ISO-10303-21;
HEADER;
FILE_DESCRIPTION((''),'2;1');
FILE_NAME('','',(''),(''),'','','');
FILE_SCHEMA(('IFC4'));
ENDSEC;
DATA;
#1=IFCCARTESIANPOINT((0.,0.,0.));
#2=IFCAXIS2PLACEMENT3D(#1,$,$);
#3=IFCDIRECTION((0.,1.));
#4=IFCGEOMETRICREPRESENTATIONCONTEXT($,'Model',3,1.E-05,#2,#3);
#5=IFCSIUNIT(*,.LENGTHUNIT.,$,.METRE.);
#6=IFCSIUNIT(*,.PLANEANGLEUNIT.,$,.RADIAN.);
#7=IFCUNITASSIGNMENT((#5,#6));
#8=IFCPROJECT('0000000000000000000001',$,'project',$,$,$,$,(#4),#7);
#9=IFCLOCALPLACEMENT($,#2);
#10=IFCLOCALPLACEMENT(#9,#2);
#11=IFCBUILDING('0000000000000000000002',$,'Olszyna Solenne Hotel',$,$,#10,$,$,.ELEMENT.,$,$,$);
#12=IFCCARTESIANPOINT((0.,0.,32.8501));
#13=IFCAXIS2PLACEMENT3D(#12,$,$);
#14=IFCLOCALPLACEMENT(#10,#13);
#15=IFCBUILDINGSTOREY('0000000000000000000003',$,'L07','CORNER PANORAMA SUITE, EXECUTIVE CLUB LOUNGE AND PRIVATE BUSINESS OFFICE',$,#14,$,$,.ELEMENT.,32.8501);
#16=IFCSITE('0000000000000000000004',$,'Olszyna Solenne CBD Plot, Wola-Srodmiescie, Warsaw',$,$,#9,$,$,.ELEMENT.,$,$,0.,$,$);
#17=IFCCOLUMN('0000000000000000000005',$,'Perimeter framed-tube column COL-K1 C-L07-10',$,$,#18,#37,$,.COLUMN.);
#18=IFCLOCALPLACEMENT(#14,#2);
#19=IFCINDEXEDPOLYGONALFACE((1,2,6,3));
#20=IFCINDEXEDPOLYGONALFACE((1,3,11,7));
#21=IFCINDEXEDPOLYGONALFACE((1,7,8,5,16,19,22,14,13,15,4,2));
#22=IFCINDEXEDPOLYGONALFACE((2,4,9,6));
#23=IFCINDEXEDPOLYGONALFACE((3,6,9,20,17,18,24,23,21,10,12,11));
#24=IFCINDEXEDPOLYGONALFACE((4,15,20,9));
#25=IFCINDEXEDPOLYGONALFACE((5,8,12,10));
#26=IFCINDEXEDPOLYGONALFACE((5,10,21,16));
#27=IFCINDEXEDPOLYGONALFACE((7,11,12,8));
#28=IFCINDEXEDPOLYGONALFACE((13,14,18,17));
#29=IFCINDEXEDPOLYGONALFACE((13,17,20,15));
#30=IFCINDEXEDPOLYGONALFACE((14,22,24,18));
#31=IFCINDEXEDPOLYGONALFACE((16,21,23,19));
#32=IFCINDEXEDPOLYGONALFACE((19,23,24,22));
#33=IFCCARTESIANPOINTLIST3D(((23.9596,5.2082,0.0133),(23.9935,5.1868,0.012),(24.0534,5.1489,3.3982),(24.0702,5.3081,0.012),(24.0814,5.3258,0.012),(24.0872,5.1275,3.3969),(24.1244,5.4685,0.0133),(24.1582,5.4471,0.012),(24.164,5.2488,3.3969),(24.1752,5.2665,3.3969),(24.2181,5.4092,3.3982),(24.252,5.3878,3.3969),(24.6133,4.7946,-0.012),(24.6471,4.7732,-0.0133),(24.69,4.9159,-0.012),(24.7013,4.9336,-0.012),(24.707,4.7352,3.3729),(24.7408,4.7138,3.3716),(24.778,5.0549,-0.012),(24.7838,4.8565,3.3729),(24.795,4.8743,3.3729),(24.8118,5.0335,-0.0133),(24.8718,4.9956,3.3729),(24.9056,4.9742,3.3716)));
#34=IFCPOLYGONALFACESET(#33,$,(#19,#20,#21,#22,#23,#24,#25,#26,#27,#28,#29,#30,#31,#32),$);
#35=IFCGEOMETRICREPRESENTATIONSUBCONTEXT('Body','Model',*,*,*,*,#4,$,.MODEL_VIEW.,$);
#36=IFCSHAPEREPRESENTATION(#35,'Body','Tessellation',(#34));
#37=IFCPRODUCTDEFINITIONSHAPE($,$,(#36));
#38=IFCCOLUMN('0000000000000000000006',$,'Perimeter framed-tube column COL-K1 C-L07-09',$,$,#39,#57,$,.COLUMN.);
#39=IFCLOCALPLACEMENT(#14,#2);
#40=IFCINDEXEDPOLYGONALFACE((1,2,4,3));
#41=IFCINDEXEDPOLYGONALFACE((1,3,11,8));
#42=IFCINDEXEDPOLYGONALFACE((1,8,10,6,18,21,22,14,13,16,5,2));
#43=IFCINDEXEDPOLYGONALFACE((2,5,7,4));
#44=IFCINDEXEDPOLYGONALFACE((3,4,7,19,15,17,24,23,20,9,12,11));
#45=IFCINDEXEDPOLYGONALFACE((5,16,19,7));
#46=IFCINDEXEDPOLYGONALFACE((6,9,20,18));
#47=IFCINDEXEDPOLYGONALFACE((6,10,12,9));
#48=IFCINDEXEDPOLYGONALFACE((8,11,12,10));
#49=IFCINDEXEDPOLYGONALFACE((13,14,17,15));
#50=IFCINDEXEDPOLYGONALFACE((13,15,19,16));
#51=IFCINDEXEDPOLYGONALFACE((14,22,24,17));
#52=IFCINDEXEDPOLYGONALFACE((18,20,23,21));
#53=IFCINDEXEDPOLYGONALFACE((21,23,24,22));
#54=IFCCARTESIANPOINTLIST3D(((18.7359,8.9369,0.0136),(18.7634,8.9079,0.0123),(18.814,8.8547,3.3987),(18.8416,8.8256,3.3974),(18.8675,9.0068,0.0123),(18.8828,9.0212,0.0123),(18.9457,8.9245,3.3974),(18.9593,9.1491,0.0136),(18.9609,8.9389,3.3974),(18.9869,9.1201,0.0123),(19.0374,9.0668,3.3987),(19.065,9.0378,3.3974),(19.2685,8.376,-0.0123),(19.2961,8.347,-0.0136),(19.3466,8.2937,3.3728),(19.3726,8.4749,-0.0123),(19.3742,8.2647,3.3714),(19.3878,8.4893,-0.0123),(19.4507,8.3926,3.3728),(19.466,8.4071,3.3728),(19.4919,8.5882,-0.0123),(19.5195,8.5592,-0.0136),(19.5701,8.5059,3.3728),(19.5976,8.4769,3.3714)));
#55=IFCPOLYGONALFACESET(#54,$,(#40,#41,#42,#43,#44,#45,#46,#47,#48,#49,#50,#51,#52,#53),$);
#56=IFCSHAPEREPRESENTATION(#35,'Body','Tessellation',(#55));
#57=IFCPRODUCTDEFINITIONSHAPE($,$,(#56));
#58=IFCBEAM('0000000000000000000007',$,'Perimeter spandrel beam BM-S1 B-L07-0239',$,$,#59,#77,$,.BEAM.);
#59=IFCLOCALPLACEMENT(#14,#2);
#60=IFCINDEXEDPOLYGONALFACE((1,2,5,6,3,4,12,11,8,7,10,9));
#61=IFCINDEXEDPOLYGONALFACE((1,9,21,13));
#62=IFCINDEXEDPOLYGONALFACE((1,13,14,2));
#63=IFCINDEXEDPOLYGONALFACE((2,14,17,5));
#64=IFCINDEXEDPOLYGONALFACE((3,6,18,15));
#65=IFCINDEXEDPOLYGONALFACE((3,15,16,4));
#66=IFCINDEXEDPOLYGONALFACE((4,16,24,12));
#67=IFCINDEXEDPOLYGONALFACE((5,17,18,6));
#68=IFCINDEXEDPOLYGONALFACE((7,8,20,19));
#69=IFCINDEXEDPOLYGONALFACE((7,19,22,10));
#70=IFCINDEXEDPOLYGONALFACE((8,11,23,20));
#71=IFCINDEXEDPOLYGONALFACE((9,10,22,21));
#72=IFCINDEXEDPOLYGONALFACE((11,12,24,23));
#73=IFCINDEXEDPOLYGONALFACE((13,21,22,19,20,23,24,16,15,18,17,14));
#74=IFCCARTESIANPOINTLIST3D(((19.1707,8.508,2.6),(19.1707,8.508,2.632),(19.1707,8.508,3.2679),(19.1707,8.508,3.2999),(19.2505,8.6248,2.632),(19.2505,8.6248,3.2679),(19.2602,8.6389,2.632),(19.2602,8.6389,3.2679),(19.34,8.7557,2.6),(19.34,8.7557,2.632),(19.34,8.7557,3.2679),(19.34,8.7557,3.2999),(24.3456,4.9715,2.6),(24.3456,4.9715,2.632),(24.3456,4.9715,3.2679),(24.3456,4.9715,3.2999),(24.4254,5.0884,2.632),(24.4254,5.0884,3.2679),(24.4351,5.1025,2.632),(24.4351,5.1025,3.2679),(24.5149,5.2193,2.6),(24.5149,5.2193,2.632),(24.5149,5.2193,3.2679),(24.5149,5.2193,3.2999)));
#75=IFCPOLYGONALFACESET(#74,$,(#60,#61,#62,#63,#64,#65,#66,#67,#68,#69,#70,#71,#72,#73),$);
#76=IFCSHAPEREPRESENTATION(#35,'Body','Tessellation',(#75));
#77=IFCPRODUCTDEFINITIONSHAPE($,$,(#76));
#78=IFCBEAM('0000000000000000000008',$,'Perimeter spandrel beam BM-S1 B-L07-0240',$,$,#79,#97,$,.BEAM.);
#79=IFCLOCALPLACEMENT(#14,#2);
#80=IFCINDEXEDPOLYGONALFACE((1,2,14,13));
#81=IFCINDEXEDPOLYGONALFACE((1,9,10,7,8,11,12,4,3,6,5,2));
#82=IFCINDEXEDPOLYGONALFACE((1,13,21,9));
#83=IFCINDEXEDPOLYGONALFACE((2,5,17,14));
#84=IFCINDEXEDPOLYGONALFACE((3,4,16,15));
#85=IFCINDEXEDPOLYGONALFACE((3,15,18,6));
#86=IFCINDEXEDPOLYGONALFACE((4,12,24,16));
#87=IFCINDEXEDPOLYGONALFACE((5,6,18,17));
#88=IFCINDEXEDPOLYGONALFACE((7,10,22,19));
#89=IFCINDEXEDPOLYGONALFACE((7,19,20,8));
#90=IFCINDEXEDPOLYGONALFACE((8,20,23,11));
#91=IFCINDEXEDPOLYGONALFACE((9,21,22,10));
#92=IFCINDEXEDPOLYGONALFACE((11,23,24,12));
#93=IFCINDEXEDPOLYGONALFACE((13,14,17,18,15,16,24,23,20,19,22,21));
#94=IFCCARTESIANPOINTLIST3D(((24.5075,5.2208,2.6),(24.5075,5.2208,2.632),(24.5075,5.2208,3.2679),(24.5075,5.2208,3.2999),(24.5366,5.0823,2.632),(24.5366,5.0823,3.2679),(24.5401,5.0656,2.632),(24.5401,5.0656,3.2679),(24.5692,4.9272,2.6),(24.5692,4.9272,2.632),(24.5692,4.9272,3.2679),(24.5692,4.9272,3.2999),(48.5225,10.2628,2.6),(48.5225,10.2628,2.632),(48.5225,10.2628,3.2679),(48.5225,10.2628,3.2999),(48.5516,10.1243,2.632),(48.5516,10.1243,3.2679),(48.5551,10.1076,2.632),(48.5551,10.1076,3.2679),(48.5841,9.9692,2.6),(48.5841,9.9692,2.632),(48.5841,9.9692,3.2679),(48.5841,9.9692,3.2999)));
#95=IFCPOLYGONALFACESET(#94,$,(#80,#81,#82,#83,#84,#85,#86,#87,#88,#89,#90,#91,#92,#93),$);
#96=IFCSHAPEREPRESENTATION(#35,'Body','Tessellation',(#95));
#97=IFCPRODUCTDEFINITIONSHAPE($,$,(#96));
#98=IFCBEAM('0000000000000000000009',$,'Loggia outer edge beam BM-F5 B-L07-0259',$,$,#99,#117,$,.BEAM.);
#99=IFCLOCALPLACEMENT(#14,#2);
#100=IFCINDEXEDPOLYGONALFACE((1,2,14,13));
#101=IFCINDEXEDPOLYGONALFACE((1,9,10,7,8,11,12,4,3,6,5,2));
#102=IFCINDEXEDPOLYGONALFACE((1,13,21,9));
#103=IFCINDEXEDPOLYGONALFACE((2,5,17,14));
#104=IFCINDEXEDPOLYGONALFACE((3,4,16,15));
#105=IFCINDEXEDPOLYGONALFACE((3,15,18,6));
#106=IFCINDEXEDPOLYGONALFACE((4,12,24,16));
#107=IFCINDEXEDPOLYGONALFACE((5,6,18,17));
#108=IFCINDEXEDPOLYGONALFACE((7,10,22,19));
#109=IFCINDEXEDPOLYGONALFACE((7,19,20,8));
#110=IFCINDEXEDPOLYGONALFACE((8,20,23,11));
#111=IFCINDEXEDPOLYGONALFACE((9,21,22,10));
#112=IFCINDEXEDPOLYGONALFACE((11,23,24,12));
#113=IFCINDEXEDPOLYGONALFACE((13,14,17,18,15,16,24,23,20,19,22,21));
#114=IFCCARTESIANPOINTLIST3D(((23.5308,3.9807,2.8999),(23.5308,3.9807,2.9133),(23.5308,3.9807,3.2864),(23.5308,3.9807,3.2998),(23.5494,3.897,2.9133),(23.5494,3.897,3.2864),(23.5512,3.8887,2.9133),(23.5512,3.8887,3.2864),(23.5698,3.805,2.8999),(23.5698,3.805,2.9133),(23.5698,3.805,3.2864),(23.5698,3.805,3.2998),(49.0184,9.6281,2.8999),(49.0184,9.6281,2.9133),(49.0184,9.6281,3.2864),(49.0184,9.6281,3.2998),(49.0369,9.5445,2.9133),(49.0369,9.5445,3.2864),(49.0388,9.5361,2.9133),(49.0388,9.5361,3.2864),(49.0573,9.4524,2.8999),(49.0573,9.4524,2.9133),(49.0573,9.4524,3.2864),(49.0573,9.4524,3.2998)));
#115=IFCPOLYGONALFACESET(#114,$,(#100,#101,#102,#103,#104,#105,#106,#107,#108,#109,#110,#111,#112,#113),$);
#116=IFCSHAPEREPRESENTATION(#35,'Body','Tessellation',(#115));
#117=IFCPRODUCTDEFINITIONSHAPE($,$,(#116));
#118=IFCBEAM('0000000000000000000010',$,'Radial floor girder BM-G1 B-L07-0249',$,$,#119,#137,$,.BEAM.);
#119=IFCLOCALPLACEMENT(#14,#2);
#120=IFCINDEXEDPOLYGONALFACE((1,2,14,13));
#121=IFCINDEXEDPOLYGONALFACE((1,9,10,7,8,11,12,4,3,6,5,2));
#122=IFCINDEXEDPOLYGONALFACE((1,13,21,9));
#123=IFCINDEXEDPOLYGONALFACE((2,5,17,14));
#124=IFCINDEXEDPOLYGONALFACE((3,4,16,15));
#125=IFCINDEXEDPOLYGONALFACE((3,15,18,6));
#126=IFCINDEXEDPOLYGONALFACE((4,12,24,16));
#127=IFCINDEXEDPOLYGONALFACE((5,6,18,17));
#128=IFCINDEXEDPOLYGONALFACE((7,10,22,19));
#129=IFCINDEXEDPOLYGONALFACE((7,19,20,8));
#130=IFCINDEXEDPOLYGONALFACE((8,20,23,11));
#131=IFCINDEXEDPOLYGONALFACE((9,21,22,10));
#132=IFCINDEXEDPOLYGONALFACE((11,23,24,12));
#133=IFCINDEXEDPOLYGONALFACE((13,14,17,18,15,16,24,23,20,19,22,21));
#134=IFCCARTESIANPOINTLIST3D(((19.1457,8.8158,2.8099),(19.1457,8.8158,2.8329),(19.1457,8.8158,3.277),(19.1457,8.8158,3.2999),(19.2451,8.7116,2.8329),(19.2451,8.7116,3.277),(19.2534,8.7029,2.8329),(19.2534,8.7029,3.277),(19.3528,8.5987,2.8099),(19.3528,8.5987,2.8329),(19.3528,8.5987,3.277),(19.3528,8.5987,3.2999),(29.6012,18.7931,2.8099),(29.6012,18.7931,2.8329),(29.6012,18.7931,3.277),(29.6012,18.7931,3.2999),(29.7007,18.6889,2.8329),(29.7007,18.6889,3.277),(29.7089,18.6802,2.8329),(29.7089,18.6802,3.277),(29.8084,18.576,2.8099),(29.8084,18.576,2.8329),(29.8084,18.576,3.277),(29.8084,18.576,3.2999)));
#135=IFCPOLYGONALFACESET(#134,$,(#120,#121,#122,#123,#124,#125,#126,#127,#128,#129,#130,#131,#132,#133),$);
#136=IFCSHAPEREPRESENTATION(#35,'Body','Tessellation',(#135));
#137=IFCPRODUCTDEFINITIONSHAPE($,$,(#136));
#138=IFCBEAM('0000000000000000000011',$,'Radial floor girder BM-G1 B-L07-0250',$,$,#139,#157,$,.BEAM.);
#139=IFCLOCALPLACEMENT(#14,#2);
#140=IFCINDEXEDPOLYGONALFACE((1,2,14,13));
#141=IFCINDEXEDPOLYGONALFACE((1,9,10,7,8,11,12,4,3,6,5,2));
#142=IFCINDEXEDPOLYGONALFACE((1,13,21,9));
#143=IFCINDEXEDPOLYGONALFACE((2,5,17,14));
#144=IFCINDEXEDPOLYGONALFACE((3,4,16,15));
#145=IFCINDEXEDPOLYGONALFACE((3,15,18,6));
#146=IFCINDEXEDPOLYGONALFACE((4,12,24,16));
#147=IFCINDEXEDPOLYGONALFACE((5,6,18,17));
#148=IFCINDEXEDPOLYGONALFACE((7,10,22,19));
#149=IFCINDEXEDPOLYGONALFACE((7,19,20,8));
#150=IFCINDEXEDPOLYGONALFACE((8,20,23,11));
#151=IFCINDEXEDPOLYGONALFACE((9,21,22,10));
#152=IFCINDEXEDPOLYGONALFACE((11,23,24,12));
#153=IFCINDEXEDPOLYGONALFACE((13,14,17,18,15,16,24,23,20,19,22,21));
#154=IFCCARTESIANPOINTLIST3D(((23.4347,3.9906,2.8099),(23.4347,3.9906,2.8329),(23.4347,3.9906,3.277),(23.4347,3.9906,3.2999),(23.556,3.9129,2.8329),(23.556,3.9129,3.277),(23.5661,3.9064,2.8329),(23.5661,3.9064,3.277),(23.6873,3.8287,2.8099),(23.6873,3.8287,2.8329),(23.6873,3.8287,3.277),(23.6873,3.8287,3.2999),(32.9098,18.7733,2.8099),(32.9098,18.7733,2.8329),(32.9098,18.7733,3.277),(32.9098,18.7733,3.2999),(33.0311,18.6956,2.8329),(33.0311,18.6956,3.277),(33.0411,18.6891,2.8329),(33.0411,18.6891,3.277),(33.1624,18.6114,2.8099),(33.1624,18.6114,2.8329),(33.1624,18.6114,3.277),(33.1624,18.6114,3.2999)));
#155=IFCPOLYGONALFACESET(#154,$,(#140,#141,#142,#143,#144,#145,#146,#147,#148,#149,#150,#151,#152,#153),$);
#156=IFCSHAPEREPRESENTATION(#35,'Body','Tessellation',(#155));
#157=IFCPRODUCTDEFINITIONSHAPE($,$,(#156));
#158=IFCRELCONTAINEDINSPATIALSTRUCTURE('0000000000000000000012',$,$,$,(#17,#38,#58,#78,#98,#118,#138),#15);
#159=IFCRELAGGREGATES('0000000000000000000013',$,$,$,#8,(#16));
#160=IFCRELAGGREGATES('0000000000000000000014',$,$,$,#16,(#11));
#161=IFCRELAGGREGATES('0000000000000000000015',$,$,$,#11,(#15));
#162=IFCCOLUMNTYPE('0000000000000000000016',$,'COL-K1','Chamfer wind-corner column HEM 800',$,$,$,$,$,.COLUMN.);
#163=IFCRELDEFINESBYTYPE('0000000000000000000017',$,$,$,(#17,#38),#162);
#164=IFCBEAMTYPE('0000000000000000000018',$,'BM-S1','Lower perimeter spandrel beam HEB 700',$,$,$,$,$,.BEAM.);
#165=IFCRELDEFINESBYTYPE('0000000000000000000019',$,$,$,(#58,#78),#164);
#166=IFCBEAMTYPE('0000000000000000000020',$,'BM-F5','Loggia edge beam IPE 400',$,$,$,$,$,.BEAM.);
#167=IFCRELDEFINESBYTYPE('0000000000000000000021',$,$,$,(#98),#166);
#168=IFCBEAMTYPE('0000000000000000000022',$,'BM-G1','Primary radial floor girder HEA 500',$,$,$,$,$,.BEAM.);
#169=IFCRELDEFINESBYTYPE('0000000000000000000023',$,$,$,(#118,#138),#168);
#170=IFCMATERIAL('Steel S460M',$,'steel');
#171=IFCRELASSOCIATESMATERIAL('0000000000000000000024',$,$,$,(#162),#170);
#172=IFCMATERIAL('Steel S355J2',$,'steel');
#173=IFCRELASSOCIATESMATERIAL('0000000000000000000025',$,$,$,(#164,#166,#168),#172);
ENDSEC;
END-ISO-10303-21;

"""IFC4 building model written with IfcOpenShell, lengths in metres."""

from ifc_helpers import new_model, si_unit, direction, frame, origin, origin_2d, place, context, subcontext, project, spatial, i_section, extrude, source, transform, mapped, material, material_profile, profile_set, type_object, element, save


model = new_model("IFC4")

# Units and contexts
model_context = context("Model", 3, precision=1e-05, world=origin(), true_north=direction((0.0, 1.0)))
body_context = subcontext(model_context, "Body", "Model", "MODEL_VIEW")
ifc_project = project(units=[si_unit("LENGTHUNIT", "METRE"), si_unit("PLANEANGLEUNIT", "RADIAN")], contexts=[model_context])

# Site, building, storey
site_placement = place(None, origin())
site = spatial("IfcSite", under=ifc_project, at=site_placement, Name="Olszyna Solenne CBD Plot, Wola-Srodmiescie, Warsaw", CompositionType="ELEMENT", RefElevation=0.0)
building_placement = place(site_placement, origin())
building = spatial("IfcBuilding", under=site, at=building_placement, Name="Olszyna Solenne Hotel", CompositionType="ELEMENT")
storey_placement = place(building_placement, frame((0.0, 0.0, 32.8501)))
storey = spatial("IfcBuildingStorey", under=building, at=storey_placement, Name="L07", Description="CORNER PANORAMA SUITE, EXECUTIVE CLUB LOUNGE AND PRIVATE BUSINESS OFFICE", CompositionType="ELEMENT", Elevation=32.8501)

# Columns
ifc_material_1 = material(Name="Steel S460M", Category="steel")
ifc_material_profile_1 = material_profile(ifc_material_1, i_section(OverallWidth=0.3081, OverallDepth=0.814, WebThickness=0.021, FlangeThickness=0.04, at=origin_2d()), Name="HEM 800", Category="load-bearing")
ifc_profile_set_1 = profile_set([ifc_material_profile_1], Name="Steel S460M")
column_type = type_object("IfcColumnType", Name="COL-K1", Description="Chamfer wind-corner column HEM 800", PredefinedType="COLUMN", material=ifc_profile_set_1)
shared_shape_1 = source(origin(), body_context, "Body", "SweptSolid", [
    extrude(i_section(OverallWidth=0.3081, OverallDepth=0.814, WebThickness=0.021, FlangeThickness=0.04, at=origin_2d()), origin(), (0.0, 0.0, 1.0), 3.3867),
])
column_1_placement = place(storey_placement, frame((24.3857, 5.1208, 0.0), z_axis=(0.027681, -0.017517, 0.999463), x_axis=(0.534738, 0.845018, 0.0)))
element("IfcColumn", 1, at=column_1_placement, inside=storey, type_object=column_type, Name="Perimeter framed-tube column COL-K1 C-L07-10", PredefinedType="COLUMN", context=body_context, shape_type="MappedRepresentation", body=[
    mapped(shared_shape_1, transform((0.0, 0.0, 0.0), x_axis=(1.0, 0.0, 0.0), y_axis=(0.0, 1.0, 0.0), z_axis=(0.0, 0.0, 1.0), scale=1.0)),
])
shared_shape_2 = source(origin(), body_context, "Body", "SweptSolid", [
    extrude(i_section(OverallWidth=0.3081, OverallDepth=0.814, WebThickness=0.021, FlangeThickness=0.04, at=origin_2d()), origin(), (0.0, 0.0, 1.0), 3.387),
])
column_2_placement = place(storey_placement, frame((19.1277, 8.748, 0.0), z_axis=(0.023067, -0.024292, 0.999439), x_axis=(0.725161, 0.68858, 0.0)))
element("IfcColumn", 2, at=column_2_placement, inside=storey, type_object=column_type, Name="Perimeter framed-tube column COL-K1 C-L07-09", PredefinedType="COLUMN", context=body_context, shape_type="MappedRepresentation", body=[
    mapped(shared_shape_2, transform((0.0, 0.0, 0.0), x_axis=(1.0, 0.0, 0.0), y_axis=(0.0, 1.0, 0.0), z_axis=(0.0, 0.0, 1.0), scale=1.0)),
])

# Beams
ifc_material_2 = material(Name="Steel S355J2", Category="steel")
ifc_material_profile_2 = material_profile(ifc_material_2, i_section(OverallWidth=0.3, OverallDepth=0.7, WebThickness=0.0171, FlangeThickness=0.032, at=origin_2d()), Name="HEB 700", Category="load-bearing")
ifc_profile_set_2 = profile_set([ifc_material_profile_2], Name="Steel S355J2")
beam_type_1 = type_object("IfcBeamType", Name="BM-S1", Description="Lower perimeter spandrel beam HEB 700", PredefinedType="BEAM", material=ifc_profile_set_2)
shared_shape_3 = source(origin(), body_context, "Body", "SweptSolid", [
    extrude(i_section(OverallWidth=0.3, OverallDepth=0.7, WebThickness=0.0171, FlangeThickness=0.032, at=origin_2d()), origin(), (0.0, 0.0, 1.0), 6.2678),
])
beam_1_placement = place(storey_placement, frame((19.2554, 8.6318, 2.95), z_axis=(0.825625, -0.564219, 0.0), x_axis=(0.564219, 0.825625, 0.0)))
element("IfcBeam", 3, at=beam_1_placement, inside=storey, type_object=beam_type_1, Name="Perimeter spandrel beam BM-S1 B-L07-0239", PredefinedType="BEAM", context=body_context, shape_type="MappedRepresentation", body=[
    mapped(shared_shape_3, transform((0.0, 0.0, 0.0), x_axis=(1.0, 0.0, 0.0), y_axis=(0.0, 1.0, 0.0), z_axis=(0.0, 0.0, 1.0), scale=1.0)),
])
shared_shape_4 = source(origin(), body_context, "Body", "SweptSolid", [
    extrude(i_section(OverallWidth=0.3, OverallDepth=0.7, WebThickness=0.0171, FlangeThickness=0.032, at=origin_2d()), origin(), (0.0, 0.0, 1.0), 24.5386),
])
beam_2_placement = place(storey_placement, frame((24.5383, 5.074, 2.95), z_axis=(0.978663, 0.205473, 0.0), x_axis=(-0.205473, 0.978663, 0.0)))
element("IfcBeam", 4, at=beam_2_placement, inside=storey, type_object=beam_type_1, Name="Perimeter spandrel beam BM-S1 B-L07-0240", PredefinedType="BEAM", context=body_context, shape_type="MappedRepresentation", body=[
    mapped(shared_shape_4, transform((0.0, 0.0, 0.0), x_axis=(1.0, 0.0, 0.0), y_axis=(0.0, 1.0, 0.0), z_axis=(0.0, 0.0, 1.0), scale=1.0)),
])
ifc_material_profile_3 = material_profile(ifc_material_2, i_section(OverallWidth=0.1799, OverallDepth=0.3999, WebThickness=0.0085, FlangeThickness=0.0134, at=origin_2d()), Name="IPE 400", Category="load-bearing")
ifc_profile_set_3 = profile_set([ifc_material_profile_3], Name="Steel S355J2")
beam_type_2 = type_object("IfcBeamType", Name="BM-F5", Description="Loggia edge beam IPE 400", PredefinedType="BEAM", material=ifc_profile_set_3)
shared_shape_5 = source(origin(), body_context, "Body", "SweptSolid", [
    extrude(i_section(OverallWidth=0.1799, OverallDepth=0.3999, WebThickness=0.0085, FlangeThickness=0.0134, at=origin_2d()), origin(), (0.0, 0.0, 1.0), 26.1057),
])
beam_3_placement = place(storey_placement, frame((23.5503, 3.8928, 3.0999), z_axis=(0.97632, 0.21633, 0.0), x_axis=(-0.21633, 0.97632, 0.0)))
element("IfcBeam", 5, at=beam_3_placement, inside=storey, type_object=beam_type_2, Name="Loggia outer edge beam BM-F5 B-L07-0259", PredefinedType="BEAM", context=body_context, shape_type="MappedRepresentation", body=[
    mapped(shared_shape_5, transform((0.0, 0.0, 0.0), x_axis=(1.0, 0.0, 0.0), y_axis=(0.0, 1.0, 0.0), z_axis=(0.0, 0.0, 1.0), scale=1.0)),
])
ifc_material_profile_4 = material_profile(ifc_material_2, i_section(OverallWidth=0.3, OverallDepth=0.49, WebThickness=0.012, FlangeThickness=0.0229, at=origin_2d()), Name="HEA 500", Category="load-bearing")
ifc_profile_set_4 = profile_set([ifc_material_profile_4], Name="Steel S355J2")
beam_type_3 = type_object("IfcBeamType", Name="BM-G1", Description="Primary radial floor girder HEA 500", PredefinedType="BEAM", material=ifc_profile_set_4)
shared_shape_6 = source(origin(), body_context, "Body", "SweptSolid", [
    extrude(i_section(OverallWidth=0.3, OverallDepth=0.49, WebThickness=0.012, FlangeThickness=0.0229, at=origin_2d()), origin(), (0.0, 0.0, 1.0), 14.4521),
])
beam_4_placement = place(storey_placement, frame((19.2493, 8.7073, 3.0549), z_axis=(0.72346, 0.690366, 0.0), x_axis=(-0.690366, 0.72346, 0.0)))
element("IfcBeam", 6, at=beam_4_placement, inside=storey, type_object=beam_type_3, Name="Radial floor girder BM-G1 B-L07-0249", PredefinedType="BEAM", context=body_context, shape_type="MappedRepresentation", body=[
    mapped(shared_shape_6, transform((0.0, 0.0, 0.0), x_axis=(1.0, 0.0, 0.0), y_axis=(0.0, 1.0, 0.0), z_axis=(0.0, 0.0, 1.0), scale=1.0)),
])
shared_shape_7 = source(origin(), body_context, "Body", "SweptSolid", [
    extrude(i_section(OverallWidth=0.3, OverallDepth=0.49, WebThickness=0.012, FlangeThickness=0.0229, at=origin_2d()), origin(), (0.0, 0.0, 1.0), 17.5586),
])
beam_5_placement = place(storey_placement, frame((23.561, 3.9097, 3.0549), z_axis=(0.539626, 0.841905, 0.0), x_axis=(-0.841905, 0.539626, 0.0)))
element("IfcBeam", 7, at=beam_5_placement, inside=storey, type_object=beam_type_3, Name="Radial floor girder BM-G1 B-L07-0250", PredefinedType="BEAM", context=body_context, shape_type="MappedRepresentation", body=[
    mapped(shared_shape_7, transform((0.0, 0.0, 0.0), x_axis=(1.0, 0.0, 0.0), y_axis=(0.0, 1.0, 0.0), z_axis=(0.0, 0.0, 1.0), scale=1.0)),
])

save(model, "model.ifc")
